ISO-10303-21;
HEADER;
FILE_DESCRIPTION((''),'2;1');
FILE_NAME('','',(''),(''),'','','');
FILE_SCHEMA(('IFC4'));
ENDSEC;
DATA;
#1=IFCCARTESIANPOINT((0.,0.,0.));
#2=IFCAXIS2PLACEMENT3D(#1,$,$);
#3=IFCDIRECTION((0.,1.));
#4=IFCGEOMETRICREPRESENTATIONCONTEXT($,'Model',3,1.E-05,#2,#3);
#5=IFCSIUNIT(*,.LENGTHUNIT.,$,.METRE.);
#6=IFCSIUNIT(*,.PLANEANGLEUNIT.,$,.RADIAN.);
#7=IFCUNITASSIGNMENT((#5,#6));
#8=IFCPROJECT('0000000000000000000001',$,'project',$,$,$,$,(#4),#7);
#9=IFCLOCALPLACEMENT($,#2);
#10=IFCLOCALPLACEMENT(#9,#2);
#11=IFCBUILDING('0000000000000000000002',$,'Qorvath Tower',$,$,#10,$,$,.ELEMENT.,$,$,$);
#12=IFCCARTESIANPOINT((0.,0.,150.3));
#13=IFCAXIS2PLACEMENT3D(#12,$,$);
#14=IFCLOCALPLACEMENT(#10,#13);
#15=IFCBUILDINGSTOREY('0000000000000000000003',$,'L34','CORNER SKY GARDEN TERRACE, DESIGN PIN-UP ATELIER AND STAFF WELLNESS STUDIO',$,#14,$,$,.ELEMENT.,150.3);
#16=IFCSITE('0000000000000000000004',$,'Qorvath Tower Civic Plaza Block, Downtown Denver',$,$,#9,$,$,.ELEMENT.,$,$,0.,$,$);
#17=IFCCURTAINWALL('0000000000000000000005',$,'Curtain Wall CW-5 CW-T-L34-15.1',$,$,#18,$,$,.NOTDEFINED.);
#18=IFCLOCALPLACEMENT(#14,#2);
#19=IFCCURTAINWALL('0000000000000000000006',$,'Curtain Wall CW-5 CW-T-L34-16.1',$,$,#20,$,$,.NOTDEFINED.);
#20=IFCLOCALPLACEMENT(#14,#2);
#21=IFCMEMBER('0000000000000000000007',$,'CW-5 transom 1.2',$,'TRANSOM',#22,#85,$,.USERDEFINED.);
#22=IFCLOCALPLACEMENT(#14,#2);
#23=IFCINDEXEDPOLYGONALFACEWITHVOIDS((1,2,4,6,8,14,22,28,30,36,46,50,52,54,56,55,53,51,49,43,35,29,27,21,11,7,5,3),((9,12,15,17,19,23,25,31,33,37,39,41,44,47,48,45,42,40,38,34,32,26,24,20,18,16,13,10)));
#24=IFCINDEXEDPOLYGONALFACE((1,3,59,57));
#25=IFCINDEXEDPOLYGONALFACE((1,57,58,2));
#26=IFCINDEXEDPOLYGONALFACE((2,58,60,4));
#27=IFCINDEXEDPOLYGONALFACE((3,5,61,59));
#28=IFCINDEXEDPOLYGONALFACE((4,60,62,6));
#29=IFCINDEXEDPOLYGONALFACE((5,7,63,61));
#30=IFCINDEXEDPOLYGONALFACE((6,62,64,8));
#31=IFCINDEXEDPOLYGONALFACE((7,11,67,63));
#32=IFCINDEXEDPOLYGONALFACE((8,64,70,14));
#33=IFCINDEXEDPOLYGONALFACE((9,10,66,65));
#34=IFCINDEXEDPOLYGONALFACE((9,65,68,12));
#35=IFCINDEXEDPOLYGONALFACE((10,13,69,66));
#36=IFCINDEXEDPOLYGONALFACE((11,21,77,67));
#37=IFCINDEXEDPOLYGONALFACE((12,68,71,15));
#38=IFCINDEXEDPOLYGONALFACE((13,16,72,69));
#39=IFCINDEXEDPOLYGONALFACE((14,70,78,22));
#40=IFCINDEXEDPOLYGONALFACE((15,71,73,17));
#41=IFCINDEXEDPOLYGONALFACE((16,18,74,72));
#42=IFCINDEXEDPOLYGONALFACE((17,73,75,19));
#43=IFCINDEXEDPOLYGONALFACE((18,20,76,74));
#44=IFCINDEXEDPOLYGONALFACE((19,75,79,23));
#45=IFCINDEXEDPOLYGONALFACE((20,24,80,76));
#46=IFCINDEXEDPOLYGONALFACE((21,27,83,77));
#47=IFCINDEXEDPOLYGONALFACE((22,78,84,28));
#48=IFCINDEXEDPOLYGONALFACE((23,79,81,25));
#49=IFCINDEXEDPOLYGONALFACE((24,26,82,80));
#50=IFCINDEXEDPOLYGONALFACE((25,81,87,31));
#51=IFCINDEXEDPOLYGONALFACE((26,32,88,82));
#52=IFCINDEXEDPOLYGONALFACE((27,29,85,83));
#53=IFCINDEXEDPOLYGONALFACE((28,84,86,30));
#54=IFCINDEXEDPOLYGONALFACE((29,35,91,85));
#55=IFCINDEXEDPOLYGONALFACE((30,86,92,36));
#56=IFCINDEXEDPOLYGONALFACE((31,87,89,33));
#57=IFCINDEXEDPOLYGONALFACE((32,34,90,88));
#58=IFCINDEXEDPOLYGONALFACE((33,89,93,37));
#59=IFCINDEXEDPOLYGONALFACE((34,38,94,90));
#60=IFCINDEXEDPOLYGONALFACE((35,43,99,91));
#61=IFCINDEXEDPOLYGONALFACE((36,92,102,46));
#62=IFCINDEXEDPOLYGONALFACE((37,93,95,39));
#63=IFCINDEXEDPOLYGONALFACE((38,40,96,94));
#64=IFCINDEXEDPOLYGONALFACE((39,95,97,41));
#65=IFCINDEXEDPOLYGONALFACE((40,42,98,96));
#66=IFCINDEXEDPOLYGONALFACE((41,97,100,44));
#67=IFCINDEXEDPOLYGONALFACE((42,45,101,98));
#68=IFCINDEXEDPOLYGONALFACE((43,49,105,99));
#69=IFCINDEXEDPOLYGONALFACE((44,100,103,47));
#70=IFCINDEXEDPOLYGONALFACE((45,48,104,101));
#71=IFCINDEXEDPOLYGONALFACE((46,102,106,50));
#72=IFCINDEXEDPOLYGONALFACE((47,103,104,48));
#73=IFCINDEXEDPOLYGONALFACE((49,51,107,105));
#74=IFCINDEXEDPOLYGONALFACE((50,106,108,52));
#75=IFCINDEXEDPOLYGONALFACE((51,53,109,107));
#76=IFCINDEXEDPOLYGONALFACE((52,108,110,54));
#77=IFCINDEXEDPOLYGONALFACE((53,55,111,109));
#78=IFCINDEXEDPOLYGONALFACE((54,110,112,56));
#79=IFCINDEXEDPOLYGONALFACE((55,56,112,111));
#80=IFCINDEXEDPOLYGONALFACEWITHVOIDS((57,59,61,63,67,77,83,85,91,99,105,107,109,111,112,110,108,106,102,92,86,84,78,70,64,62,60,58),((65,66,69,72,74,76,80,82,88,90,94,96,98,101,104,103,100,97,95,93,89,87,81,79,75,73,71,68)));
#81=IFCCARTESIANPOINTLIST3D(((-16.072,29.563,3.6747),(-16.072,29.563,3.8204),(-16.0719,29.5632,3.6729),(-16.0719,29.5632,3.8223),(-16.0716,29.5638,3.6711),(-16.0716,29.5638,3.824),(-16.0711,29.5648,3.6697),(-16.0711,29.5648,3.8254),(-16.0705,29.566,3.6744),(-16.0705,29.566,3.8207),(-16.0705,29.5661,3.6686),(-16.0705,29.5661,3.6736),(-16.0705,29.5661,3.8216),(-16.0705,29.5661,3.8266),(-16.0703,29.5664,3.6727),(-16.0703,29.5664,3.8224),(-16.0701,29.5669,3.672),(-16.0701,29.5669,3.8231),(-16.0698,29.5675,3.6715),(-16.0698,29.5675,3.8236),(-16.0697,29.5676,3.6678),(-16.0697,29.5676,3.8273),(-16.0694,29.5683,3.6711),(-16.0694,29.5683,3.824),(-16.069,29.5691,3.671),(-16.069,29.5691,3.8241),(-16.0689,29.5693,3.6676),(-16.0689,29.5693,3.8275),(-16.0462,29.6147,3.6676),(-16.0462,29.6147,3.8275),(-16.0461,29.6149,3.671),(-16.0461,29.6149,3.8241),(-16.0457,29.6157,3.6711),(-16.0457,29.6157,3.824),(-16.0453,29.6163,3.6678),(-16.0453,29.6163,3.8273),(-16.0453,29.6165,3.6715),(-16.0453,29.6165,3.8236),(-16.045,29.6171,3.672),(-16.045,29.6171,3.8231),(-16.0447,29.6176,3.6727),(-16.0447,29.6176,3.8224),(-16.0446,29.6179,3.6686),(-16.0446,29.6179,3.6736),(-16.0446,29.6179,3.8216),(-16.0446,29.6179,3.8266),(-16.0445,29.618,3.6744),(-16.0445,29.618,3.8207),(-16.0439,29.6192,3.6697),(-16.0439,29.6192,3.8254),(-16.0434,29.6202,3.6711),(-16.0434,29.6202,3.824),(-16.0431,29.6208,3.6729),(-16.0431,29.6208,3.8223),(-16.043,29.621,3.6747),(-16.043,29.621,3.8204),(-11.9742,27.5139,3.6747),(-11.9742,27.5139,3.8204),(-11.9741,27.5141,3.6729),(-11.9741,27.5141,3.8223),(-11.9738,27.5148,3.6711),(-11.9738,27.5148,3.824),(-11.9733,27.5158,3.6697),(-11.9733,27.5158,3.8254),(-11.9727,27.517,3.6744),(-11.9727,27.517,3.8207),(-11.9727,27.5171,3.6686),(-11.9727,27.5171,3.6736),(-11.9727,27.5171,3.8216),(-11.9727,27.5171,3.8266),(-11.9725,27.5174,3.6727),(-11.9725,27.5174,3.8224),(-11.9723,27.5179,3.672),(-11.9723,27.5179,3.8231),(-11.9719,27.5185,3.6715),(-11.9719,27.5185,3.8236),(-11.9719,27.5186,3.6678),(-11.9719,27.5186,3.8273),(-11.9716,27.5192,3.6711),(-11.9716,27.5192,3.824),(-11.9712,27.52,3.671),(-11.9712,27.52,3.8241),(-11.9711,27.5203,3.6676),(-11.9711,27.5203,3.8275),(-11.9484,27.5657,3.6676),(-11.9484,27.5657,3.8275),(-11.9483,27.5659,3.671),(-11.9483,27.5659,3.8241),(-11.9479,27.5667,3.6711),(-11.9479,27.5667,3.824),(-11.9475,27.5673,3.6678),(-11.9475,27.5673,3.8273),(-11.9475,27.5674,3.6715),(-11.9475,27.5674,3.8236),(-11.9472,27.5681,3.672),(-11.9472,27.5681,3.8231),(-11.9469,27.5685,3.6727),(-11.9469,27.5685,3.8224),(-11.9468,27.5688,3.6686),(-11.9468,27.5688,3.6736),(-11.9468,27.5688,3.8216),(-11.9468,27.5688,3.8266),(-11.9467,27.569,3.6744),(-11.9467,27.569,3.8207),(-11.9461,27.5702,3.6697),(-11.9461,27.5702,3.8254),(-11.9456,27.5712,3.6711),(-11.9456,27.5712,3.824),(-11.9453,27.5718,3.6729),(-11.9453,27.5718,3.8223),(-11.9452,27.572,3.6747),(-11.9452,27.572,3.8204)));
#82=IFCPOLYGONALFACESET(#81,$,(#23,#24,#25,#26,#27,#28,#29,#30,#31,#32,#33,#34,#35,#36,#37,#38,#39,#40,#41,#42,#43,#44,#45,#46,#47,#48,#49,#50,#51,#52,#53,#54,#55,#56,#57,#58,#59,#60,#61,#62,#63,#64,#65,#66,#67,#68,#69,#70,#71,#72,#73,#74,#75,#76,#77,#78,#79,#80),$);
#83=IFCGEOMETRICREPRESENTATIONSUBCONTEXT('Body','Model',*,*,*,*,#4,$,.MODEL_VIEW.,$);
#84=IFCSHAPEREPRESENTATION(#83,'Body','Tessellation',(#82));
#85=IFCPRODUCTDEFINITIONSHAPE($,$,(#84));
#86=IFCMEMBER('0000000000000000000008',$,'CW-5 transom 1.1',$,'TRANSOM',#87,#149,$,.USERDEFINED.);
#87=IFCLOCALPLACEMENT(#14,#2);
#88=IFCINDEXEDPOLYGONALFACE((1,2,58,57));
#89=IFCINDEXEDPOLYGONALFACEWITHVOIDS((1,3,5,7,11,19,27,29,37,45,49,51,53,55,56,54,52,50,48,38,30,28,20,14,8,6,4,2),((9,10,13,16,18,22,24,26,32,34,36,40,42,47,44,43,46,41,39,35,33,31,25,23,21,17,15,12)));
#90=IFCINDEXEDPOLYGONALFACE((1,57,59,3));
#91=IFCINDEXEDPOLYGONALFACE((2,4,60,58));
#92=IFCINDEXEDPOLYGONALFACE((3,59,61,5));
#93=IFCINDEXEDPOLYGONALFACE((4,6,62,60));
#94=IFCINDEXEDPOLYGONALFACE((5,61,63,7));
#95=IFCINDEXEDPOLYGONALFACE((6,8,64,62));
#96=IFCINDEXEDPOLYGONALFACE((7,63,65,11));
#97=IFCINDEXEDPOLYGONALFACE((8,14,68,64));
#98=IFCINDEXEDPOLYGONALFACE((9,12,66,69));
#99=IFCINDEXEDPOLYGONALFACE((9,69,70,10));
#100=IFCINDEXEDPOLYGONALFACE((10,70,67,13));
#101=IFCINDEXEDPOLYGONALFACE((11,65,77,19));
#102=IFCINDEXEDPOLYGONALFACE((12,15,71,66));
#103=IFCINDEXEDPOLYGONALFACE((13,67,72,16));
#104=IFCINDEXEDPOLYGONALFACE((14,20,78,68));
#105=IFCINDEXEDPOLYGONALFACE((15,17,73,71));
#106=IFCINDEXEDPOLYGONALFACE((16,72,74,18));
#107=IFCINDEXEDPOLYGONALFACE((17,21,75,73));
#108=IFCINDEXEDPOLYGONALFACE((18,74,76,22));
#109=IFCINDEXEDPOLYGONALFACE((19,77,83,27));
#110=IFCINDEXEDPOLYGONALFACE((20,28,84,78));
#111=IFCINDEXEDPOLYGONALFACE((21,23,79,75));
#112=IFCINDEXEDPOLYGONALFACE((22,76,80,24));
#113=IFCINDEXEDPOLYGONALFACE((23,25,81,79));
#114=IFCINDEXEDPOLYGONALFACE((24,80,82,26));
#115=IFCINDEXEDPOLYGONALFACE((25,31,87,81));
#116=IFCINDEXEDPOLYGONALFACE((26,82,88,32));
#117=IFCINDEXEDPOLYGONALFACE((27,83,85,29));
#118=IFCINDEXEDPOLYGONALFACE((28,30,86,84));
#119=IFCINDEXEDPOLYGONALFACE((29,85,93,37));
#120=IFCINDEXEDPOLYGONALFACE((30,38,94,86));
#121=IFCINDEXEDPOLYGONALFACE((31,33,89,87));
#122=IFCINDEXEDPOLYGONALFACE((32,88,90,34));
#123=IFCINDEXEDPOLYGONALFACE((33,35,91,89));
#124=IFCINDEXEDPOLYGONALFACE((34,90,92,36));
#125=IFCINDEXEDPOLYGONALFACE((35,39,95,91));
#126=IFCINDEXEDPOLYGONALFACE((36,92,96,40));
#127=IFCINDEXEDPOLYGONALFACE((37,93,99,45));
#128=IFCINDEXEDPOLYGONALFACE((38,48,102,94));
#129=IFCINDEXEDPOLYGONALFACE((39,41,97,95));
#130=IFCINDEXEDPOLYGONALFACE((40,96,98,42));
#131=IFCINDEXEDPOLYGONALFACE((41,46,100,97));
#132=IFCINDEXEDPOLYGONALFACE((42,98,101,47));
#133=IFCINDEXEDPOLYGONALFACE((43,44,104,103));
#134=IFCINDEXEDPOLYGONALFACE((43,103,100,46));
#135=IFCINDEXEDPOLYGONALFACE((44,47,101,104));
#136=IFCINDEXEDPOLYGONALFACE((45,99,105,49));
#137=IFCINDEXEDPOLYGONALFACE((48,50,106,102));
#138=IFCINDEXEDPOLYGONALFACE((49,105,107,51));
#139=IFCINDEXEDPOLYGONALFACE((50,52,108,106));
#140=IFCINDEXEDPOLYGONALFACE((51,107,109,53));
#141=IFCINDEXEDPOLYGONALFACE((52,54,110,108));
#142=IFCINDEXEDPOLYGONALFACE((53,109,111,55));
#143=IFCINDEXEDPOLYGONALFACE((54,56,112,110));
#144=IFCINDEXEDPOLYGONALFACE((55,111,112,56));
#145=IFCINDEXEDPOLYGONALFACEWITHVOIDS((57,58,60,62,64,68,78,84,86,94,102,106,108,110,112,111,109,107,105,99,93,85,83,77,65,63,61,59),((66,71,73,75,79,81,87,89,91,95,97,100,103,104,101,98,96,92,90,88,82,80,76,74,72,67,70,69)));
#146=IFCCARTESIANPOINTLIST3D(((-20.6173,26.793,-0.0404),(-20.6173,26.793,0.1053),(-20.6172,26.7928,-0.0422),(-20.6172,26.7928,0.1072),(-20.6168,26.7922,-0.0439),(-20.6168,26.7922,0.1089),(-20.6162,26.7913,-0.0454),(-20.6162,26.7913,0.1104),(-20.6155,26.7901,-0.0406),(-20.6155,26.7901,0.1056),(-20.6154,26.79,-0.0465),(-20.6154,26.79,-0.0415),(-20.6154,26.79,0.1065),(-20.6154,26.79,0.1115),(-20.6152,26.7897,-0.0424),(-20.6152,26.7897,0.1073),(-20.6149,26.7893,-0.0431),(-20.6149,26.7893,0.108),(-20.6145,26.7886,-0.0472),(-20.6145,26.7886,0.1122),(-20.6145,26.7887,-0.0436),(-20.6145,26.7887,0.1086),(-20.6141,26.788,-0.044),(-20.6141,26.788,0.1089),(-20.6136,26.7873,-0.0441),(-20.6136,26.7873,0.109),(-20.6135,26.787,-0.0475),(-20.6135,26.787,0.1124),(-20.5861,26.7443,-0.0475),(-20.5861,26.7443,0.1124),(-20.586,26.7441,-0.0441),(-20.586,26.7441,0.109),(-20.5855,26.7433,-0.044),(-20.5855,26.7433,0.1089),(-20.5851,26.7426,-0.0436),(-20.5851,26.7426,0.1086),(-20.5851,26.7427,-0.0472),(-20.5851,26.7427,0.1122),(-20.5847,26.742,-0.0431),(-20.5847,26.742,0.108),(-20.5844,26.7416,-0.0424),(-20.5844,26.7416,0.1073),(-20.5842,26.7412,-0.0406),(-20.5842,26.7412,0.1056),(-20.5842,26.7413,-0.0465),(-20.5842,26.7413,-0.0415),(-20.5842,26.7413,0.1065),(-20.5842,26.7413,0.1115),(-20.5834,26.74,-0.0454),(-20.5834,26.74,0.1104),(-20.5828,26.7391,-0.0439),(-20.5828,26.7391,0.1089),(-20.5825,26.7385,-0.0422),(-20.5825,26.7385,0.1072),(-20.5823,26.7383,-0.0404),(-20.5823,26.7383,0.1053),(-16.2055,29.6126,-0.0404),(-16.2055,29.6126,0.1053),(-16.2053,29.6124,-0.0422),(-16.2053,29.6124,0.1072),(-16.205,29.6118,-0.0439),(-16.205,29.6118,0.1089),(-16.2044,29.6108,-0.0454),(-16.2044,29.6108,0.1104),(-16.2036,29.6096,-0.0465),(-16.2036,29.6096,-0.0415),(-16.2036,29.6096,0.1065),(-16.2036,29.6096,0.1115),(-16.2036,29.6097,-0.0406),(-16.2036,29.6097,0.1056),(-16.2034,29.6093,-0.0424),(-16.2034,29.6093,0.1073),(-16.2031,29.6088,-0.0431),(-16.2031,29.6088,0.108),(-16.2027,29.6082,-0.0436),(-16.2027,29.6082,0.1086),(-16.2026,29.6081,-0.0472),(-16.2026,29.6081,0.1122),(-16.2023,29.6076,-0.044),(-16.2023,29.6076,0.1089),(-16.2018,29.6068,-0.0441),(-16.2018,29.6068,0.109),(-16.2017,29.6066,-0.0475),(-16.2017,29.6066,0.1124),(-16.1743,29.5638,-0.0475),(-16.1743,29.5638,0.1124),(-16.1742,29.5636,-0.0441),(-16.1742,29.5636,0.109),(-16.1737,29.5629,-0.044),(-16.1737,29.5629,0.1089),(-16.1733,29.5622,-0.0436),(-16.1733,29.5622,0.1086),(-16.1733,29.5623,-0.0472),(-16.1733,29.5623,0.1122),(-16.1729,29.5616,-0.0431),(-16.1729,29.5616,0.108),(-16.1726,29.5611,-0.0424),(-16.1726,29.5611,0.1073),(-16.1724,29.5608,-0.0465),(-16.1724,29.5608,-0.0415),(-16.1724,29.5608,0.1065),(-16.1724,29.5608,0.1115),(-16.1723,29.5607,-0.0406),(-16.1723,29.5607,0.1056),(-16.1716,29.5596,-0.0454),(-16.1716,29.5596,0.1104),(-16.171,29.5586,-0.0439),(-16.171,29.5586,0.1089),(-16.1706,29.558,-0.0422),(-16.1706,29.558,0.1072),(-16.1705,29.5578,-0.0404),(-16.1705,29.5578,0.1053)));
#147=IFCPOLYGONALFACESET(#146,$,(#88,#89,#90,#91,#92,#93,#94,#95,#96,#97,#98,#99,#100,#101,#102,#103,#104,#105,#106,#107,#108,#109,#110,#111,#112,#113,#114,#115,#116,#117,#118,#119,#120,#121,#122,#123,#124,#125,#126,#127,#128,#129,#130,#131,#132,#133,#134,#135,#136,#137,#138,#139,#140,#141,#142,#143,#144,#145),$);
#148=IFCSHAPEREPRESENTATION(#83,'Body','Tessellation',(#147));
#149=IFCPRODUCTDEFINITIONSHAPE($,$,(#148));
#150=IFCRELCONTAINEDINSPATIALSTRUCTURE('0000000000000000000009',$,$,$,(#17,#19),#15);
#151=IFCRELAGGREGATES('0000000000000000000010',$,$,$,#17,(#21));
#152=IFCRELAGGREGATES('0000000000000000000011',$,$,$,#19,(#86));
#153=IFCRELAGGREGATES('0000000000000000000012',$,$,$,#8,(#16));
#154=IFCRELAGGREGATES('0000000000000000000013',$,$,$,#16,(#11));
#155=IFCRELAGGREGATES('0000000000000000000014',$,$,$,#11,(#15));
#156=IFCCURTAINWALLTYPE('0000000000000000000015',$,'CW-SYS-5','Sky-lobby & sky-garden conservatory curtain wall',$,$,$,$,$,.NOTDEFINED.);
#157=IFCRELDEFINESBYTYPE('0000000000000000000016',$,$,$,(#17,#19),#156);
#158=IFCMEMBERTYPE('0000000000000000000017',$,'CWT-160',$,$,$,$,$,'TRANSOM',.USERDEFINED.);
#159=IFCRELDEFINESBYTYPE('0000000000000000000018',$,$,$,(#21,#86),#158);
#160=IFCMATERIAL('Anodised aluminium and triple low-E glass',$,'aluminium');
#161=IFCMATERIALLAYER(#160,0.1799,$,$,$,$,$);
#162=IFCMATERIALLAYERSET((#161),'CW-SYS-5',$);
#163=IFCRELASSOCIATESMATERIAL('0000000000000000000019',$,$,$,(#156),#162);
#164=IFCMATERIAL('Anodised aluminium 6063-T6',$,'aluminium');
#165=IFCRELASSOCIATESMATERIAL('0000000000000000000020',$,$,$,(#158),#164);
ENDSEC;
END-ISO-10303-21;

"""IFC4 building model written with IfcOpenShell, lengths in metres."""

from ifc_helpers import new_model, si_unit, direction, frame, origin, origin_2d, place, context, subcontext, project, spatial, hollow_rectangle, extrude, material, layer, layer_set, material_profile, profile_set, type_object, element, aggregate, save


model = new_model("IFC4")

# Units and contexts
model_context = context("Model", 3, precision=1e-05, world=origin(), true_north=direction((0.0, 1.0)))
body_context = subcontext(model_context, "Body", "Model", "MODEL_VIEW")
ifc_project = project(units=[si_unit("LENGTHUNIT", "METRE"), si_unit("PLANEANGLEUNIT", "RADIAN")], contexts=[model_context])

# Site, building, storey
site_placement = place(None, origin())
site = spatial("IfcSite", under=ifc_project, at=site_placement, Name="Qorvath Tower Civic Plaza Block, Downtown Denver", CompositionType="ELEMENT", RefElevation=0.0)
building_placement = place(site_placement, origin())
building = spatial("IfcBuilding", under=site, at=building_placement, Name="Qorvath Tower", CompositionType="ELEMENT")
storey_placement = place(building_placement, frame((0.0, 0.0, 150.3)))
storey = spatial("IfcBuildingStorey", under=building, at=storey_placement, Name="L34", Description="CORNER SKY GARDEN TERRACE, DESIGN PIN-UP ATELIER AND STAFF WELLNESS STUDIO", CompositionType="ELEMENT", Elevation=150.3)

# Shared definitions
ifc_material_1 = material(Name="Anodised aluminium and triple low-E glass", Category="aluminium")
ifc_layer_1 = layer(ifc_material_1, 0.1799)
ifc_layer_set_1 = layer_set([ifc_layer_1], Name="CW-SYS-5")
curtain_wall_type = type_object("IfcCurtainWallType", Name="CW-SYS-5", Description="Sky-lobby & sky-garden conservatory curtain wall", PredefinedType="NOTDEFINED", material=ifc_layer_set_1)

# Curtain wall
curtain_wall_1_placement = place(storey_placement, origin())
curtain_wall_1 = element("IfcCurtainWall", 1, at=curtain_wall_1_placement, inside=storey, type_object=curtain_wall_type, Name="Curtain Wall CW-5 CW-T-L34-15.1", PredefinedType="NOTDEFINED")

# Curtain wall
curtain_wall_2_placement = place(storey_placement, origin())
curtain_wall_2 = element("IfcCurtainWall", 2, at=curtain_wall_2_placement, inside=storey, type_object=curtain_wall_type, Name="Curtain Wall CW-5 CW-T-L34-16.1", PredefinedType="NOTDEFINED")

# Members
ifc_material_2 = material(Name="Anodised aluminium 6063-T6", Category="aluminium")
ifc_material_profile_1 = material_profile(ifc_material_2, hollow_rectangle(XDim=0.0649, YDim=0.1599, WallThickness=0.0034, InnerFilletRadius=0.0034, OuterFilletRadius=0.0071, at=origin_2d()), Name="CWT 160x65")
ifc_profile_set_1 = profile_set([ifc_material_profile_1], Name="Anodised aluminium 6063-T6")
member_type_1 = type_object("IfcMemberType", Name="CWT-160", ElementType="TRANSOM", PredefinedType="USERDEFINED", material=ifc_profile_set_1)
member_1_placement = place(storey_placement, frame((-11.9597, 27.543, 3.7476), z_axis=(-0.894417, 0.447235, 0.0), x_axis=(-0.447235, -0.894417, 0.0)))
member_1 = element("IfcMember", 3, at=member_1_placement, type_object=member_type_1, Name="CW-5 transom 1.2", ObjectType="TRANSOM", PredefinedType="USERDEFINED", context=body_context, shape_type="SweptSolid", body=[
    extrude(hollow_rectangle(XDim=0.0649, YDim=0.1599, WallThickness=0.0034, InnerFilletRadius=0.0034, OuterFilletRadius=0.0071, at=origin_2d()), origin(), (0.0, 0.0, 1.0), 4.5815),
])
member_2_placement = place(storey_placement, frame((-16.188, 29.5852, 0.0325), z_axis=(-0.842619, -0.53851, 0.0), x_axis=(0.53851, -0.842619, 0.0)))
member_2 = element("IfcMember", 4, at=member_2_placement, type_object=member_type_1, Name="CW-5 transom 1.1", ObjectType="TRANSOM", PredefinedType="USERDEFINED", context=body_context, shape_type="SweptSolid", body=[
    extrude(hollow_rectangle(XDim=0.0649, YDim=0.1599, WallThickness=0.0034, InnerFilletRadius=0.0034, OuterFilletRadius=0.0071, at=origin_2d()), origin(), (0.0, 0.0, 1.0), 5.2358),
])

aggregate(curtain_wall_1, [member_1])
aggregate(curtain_wall_2, [member_2])

save(model, "model.ifc")
